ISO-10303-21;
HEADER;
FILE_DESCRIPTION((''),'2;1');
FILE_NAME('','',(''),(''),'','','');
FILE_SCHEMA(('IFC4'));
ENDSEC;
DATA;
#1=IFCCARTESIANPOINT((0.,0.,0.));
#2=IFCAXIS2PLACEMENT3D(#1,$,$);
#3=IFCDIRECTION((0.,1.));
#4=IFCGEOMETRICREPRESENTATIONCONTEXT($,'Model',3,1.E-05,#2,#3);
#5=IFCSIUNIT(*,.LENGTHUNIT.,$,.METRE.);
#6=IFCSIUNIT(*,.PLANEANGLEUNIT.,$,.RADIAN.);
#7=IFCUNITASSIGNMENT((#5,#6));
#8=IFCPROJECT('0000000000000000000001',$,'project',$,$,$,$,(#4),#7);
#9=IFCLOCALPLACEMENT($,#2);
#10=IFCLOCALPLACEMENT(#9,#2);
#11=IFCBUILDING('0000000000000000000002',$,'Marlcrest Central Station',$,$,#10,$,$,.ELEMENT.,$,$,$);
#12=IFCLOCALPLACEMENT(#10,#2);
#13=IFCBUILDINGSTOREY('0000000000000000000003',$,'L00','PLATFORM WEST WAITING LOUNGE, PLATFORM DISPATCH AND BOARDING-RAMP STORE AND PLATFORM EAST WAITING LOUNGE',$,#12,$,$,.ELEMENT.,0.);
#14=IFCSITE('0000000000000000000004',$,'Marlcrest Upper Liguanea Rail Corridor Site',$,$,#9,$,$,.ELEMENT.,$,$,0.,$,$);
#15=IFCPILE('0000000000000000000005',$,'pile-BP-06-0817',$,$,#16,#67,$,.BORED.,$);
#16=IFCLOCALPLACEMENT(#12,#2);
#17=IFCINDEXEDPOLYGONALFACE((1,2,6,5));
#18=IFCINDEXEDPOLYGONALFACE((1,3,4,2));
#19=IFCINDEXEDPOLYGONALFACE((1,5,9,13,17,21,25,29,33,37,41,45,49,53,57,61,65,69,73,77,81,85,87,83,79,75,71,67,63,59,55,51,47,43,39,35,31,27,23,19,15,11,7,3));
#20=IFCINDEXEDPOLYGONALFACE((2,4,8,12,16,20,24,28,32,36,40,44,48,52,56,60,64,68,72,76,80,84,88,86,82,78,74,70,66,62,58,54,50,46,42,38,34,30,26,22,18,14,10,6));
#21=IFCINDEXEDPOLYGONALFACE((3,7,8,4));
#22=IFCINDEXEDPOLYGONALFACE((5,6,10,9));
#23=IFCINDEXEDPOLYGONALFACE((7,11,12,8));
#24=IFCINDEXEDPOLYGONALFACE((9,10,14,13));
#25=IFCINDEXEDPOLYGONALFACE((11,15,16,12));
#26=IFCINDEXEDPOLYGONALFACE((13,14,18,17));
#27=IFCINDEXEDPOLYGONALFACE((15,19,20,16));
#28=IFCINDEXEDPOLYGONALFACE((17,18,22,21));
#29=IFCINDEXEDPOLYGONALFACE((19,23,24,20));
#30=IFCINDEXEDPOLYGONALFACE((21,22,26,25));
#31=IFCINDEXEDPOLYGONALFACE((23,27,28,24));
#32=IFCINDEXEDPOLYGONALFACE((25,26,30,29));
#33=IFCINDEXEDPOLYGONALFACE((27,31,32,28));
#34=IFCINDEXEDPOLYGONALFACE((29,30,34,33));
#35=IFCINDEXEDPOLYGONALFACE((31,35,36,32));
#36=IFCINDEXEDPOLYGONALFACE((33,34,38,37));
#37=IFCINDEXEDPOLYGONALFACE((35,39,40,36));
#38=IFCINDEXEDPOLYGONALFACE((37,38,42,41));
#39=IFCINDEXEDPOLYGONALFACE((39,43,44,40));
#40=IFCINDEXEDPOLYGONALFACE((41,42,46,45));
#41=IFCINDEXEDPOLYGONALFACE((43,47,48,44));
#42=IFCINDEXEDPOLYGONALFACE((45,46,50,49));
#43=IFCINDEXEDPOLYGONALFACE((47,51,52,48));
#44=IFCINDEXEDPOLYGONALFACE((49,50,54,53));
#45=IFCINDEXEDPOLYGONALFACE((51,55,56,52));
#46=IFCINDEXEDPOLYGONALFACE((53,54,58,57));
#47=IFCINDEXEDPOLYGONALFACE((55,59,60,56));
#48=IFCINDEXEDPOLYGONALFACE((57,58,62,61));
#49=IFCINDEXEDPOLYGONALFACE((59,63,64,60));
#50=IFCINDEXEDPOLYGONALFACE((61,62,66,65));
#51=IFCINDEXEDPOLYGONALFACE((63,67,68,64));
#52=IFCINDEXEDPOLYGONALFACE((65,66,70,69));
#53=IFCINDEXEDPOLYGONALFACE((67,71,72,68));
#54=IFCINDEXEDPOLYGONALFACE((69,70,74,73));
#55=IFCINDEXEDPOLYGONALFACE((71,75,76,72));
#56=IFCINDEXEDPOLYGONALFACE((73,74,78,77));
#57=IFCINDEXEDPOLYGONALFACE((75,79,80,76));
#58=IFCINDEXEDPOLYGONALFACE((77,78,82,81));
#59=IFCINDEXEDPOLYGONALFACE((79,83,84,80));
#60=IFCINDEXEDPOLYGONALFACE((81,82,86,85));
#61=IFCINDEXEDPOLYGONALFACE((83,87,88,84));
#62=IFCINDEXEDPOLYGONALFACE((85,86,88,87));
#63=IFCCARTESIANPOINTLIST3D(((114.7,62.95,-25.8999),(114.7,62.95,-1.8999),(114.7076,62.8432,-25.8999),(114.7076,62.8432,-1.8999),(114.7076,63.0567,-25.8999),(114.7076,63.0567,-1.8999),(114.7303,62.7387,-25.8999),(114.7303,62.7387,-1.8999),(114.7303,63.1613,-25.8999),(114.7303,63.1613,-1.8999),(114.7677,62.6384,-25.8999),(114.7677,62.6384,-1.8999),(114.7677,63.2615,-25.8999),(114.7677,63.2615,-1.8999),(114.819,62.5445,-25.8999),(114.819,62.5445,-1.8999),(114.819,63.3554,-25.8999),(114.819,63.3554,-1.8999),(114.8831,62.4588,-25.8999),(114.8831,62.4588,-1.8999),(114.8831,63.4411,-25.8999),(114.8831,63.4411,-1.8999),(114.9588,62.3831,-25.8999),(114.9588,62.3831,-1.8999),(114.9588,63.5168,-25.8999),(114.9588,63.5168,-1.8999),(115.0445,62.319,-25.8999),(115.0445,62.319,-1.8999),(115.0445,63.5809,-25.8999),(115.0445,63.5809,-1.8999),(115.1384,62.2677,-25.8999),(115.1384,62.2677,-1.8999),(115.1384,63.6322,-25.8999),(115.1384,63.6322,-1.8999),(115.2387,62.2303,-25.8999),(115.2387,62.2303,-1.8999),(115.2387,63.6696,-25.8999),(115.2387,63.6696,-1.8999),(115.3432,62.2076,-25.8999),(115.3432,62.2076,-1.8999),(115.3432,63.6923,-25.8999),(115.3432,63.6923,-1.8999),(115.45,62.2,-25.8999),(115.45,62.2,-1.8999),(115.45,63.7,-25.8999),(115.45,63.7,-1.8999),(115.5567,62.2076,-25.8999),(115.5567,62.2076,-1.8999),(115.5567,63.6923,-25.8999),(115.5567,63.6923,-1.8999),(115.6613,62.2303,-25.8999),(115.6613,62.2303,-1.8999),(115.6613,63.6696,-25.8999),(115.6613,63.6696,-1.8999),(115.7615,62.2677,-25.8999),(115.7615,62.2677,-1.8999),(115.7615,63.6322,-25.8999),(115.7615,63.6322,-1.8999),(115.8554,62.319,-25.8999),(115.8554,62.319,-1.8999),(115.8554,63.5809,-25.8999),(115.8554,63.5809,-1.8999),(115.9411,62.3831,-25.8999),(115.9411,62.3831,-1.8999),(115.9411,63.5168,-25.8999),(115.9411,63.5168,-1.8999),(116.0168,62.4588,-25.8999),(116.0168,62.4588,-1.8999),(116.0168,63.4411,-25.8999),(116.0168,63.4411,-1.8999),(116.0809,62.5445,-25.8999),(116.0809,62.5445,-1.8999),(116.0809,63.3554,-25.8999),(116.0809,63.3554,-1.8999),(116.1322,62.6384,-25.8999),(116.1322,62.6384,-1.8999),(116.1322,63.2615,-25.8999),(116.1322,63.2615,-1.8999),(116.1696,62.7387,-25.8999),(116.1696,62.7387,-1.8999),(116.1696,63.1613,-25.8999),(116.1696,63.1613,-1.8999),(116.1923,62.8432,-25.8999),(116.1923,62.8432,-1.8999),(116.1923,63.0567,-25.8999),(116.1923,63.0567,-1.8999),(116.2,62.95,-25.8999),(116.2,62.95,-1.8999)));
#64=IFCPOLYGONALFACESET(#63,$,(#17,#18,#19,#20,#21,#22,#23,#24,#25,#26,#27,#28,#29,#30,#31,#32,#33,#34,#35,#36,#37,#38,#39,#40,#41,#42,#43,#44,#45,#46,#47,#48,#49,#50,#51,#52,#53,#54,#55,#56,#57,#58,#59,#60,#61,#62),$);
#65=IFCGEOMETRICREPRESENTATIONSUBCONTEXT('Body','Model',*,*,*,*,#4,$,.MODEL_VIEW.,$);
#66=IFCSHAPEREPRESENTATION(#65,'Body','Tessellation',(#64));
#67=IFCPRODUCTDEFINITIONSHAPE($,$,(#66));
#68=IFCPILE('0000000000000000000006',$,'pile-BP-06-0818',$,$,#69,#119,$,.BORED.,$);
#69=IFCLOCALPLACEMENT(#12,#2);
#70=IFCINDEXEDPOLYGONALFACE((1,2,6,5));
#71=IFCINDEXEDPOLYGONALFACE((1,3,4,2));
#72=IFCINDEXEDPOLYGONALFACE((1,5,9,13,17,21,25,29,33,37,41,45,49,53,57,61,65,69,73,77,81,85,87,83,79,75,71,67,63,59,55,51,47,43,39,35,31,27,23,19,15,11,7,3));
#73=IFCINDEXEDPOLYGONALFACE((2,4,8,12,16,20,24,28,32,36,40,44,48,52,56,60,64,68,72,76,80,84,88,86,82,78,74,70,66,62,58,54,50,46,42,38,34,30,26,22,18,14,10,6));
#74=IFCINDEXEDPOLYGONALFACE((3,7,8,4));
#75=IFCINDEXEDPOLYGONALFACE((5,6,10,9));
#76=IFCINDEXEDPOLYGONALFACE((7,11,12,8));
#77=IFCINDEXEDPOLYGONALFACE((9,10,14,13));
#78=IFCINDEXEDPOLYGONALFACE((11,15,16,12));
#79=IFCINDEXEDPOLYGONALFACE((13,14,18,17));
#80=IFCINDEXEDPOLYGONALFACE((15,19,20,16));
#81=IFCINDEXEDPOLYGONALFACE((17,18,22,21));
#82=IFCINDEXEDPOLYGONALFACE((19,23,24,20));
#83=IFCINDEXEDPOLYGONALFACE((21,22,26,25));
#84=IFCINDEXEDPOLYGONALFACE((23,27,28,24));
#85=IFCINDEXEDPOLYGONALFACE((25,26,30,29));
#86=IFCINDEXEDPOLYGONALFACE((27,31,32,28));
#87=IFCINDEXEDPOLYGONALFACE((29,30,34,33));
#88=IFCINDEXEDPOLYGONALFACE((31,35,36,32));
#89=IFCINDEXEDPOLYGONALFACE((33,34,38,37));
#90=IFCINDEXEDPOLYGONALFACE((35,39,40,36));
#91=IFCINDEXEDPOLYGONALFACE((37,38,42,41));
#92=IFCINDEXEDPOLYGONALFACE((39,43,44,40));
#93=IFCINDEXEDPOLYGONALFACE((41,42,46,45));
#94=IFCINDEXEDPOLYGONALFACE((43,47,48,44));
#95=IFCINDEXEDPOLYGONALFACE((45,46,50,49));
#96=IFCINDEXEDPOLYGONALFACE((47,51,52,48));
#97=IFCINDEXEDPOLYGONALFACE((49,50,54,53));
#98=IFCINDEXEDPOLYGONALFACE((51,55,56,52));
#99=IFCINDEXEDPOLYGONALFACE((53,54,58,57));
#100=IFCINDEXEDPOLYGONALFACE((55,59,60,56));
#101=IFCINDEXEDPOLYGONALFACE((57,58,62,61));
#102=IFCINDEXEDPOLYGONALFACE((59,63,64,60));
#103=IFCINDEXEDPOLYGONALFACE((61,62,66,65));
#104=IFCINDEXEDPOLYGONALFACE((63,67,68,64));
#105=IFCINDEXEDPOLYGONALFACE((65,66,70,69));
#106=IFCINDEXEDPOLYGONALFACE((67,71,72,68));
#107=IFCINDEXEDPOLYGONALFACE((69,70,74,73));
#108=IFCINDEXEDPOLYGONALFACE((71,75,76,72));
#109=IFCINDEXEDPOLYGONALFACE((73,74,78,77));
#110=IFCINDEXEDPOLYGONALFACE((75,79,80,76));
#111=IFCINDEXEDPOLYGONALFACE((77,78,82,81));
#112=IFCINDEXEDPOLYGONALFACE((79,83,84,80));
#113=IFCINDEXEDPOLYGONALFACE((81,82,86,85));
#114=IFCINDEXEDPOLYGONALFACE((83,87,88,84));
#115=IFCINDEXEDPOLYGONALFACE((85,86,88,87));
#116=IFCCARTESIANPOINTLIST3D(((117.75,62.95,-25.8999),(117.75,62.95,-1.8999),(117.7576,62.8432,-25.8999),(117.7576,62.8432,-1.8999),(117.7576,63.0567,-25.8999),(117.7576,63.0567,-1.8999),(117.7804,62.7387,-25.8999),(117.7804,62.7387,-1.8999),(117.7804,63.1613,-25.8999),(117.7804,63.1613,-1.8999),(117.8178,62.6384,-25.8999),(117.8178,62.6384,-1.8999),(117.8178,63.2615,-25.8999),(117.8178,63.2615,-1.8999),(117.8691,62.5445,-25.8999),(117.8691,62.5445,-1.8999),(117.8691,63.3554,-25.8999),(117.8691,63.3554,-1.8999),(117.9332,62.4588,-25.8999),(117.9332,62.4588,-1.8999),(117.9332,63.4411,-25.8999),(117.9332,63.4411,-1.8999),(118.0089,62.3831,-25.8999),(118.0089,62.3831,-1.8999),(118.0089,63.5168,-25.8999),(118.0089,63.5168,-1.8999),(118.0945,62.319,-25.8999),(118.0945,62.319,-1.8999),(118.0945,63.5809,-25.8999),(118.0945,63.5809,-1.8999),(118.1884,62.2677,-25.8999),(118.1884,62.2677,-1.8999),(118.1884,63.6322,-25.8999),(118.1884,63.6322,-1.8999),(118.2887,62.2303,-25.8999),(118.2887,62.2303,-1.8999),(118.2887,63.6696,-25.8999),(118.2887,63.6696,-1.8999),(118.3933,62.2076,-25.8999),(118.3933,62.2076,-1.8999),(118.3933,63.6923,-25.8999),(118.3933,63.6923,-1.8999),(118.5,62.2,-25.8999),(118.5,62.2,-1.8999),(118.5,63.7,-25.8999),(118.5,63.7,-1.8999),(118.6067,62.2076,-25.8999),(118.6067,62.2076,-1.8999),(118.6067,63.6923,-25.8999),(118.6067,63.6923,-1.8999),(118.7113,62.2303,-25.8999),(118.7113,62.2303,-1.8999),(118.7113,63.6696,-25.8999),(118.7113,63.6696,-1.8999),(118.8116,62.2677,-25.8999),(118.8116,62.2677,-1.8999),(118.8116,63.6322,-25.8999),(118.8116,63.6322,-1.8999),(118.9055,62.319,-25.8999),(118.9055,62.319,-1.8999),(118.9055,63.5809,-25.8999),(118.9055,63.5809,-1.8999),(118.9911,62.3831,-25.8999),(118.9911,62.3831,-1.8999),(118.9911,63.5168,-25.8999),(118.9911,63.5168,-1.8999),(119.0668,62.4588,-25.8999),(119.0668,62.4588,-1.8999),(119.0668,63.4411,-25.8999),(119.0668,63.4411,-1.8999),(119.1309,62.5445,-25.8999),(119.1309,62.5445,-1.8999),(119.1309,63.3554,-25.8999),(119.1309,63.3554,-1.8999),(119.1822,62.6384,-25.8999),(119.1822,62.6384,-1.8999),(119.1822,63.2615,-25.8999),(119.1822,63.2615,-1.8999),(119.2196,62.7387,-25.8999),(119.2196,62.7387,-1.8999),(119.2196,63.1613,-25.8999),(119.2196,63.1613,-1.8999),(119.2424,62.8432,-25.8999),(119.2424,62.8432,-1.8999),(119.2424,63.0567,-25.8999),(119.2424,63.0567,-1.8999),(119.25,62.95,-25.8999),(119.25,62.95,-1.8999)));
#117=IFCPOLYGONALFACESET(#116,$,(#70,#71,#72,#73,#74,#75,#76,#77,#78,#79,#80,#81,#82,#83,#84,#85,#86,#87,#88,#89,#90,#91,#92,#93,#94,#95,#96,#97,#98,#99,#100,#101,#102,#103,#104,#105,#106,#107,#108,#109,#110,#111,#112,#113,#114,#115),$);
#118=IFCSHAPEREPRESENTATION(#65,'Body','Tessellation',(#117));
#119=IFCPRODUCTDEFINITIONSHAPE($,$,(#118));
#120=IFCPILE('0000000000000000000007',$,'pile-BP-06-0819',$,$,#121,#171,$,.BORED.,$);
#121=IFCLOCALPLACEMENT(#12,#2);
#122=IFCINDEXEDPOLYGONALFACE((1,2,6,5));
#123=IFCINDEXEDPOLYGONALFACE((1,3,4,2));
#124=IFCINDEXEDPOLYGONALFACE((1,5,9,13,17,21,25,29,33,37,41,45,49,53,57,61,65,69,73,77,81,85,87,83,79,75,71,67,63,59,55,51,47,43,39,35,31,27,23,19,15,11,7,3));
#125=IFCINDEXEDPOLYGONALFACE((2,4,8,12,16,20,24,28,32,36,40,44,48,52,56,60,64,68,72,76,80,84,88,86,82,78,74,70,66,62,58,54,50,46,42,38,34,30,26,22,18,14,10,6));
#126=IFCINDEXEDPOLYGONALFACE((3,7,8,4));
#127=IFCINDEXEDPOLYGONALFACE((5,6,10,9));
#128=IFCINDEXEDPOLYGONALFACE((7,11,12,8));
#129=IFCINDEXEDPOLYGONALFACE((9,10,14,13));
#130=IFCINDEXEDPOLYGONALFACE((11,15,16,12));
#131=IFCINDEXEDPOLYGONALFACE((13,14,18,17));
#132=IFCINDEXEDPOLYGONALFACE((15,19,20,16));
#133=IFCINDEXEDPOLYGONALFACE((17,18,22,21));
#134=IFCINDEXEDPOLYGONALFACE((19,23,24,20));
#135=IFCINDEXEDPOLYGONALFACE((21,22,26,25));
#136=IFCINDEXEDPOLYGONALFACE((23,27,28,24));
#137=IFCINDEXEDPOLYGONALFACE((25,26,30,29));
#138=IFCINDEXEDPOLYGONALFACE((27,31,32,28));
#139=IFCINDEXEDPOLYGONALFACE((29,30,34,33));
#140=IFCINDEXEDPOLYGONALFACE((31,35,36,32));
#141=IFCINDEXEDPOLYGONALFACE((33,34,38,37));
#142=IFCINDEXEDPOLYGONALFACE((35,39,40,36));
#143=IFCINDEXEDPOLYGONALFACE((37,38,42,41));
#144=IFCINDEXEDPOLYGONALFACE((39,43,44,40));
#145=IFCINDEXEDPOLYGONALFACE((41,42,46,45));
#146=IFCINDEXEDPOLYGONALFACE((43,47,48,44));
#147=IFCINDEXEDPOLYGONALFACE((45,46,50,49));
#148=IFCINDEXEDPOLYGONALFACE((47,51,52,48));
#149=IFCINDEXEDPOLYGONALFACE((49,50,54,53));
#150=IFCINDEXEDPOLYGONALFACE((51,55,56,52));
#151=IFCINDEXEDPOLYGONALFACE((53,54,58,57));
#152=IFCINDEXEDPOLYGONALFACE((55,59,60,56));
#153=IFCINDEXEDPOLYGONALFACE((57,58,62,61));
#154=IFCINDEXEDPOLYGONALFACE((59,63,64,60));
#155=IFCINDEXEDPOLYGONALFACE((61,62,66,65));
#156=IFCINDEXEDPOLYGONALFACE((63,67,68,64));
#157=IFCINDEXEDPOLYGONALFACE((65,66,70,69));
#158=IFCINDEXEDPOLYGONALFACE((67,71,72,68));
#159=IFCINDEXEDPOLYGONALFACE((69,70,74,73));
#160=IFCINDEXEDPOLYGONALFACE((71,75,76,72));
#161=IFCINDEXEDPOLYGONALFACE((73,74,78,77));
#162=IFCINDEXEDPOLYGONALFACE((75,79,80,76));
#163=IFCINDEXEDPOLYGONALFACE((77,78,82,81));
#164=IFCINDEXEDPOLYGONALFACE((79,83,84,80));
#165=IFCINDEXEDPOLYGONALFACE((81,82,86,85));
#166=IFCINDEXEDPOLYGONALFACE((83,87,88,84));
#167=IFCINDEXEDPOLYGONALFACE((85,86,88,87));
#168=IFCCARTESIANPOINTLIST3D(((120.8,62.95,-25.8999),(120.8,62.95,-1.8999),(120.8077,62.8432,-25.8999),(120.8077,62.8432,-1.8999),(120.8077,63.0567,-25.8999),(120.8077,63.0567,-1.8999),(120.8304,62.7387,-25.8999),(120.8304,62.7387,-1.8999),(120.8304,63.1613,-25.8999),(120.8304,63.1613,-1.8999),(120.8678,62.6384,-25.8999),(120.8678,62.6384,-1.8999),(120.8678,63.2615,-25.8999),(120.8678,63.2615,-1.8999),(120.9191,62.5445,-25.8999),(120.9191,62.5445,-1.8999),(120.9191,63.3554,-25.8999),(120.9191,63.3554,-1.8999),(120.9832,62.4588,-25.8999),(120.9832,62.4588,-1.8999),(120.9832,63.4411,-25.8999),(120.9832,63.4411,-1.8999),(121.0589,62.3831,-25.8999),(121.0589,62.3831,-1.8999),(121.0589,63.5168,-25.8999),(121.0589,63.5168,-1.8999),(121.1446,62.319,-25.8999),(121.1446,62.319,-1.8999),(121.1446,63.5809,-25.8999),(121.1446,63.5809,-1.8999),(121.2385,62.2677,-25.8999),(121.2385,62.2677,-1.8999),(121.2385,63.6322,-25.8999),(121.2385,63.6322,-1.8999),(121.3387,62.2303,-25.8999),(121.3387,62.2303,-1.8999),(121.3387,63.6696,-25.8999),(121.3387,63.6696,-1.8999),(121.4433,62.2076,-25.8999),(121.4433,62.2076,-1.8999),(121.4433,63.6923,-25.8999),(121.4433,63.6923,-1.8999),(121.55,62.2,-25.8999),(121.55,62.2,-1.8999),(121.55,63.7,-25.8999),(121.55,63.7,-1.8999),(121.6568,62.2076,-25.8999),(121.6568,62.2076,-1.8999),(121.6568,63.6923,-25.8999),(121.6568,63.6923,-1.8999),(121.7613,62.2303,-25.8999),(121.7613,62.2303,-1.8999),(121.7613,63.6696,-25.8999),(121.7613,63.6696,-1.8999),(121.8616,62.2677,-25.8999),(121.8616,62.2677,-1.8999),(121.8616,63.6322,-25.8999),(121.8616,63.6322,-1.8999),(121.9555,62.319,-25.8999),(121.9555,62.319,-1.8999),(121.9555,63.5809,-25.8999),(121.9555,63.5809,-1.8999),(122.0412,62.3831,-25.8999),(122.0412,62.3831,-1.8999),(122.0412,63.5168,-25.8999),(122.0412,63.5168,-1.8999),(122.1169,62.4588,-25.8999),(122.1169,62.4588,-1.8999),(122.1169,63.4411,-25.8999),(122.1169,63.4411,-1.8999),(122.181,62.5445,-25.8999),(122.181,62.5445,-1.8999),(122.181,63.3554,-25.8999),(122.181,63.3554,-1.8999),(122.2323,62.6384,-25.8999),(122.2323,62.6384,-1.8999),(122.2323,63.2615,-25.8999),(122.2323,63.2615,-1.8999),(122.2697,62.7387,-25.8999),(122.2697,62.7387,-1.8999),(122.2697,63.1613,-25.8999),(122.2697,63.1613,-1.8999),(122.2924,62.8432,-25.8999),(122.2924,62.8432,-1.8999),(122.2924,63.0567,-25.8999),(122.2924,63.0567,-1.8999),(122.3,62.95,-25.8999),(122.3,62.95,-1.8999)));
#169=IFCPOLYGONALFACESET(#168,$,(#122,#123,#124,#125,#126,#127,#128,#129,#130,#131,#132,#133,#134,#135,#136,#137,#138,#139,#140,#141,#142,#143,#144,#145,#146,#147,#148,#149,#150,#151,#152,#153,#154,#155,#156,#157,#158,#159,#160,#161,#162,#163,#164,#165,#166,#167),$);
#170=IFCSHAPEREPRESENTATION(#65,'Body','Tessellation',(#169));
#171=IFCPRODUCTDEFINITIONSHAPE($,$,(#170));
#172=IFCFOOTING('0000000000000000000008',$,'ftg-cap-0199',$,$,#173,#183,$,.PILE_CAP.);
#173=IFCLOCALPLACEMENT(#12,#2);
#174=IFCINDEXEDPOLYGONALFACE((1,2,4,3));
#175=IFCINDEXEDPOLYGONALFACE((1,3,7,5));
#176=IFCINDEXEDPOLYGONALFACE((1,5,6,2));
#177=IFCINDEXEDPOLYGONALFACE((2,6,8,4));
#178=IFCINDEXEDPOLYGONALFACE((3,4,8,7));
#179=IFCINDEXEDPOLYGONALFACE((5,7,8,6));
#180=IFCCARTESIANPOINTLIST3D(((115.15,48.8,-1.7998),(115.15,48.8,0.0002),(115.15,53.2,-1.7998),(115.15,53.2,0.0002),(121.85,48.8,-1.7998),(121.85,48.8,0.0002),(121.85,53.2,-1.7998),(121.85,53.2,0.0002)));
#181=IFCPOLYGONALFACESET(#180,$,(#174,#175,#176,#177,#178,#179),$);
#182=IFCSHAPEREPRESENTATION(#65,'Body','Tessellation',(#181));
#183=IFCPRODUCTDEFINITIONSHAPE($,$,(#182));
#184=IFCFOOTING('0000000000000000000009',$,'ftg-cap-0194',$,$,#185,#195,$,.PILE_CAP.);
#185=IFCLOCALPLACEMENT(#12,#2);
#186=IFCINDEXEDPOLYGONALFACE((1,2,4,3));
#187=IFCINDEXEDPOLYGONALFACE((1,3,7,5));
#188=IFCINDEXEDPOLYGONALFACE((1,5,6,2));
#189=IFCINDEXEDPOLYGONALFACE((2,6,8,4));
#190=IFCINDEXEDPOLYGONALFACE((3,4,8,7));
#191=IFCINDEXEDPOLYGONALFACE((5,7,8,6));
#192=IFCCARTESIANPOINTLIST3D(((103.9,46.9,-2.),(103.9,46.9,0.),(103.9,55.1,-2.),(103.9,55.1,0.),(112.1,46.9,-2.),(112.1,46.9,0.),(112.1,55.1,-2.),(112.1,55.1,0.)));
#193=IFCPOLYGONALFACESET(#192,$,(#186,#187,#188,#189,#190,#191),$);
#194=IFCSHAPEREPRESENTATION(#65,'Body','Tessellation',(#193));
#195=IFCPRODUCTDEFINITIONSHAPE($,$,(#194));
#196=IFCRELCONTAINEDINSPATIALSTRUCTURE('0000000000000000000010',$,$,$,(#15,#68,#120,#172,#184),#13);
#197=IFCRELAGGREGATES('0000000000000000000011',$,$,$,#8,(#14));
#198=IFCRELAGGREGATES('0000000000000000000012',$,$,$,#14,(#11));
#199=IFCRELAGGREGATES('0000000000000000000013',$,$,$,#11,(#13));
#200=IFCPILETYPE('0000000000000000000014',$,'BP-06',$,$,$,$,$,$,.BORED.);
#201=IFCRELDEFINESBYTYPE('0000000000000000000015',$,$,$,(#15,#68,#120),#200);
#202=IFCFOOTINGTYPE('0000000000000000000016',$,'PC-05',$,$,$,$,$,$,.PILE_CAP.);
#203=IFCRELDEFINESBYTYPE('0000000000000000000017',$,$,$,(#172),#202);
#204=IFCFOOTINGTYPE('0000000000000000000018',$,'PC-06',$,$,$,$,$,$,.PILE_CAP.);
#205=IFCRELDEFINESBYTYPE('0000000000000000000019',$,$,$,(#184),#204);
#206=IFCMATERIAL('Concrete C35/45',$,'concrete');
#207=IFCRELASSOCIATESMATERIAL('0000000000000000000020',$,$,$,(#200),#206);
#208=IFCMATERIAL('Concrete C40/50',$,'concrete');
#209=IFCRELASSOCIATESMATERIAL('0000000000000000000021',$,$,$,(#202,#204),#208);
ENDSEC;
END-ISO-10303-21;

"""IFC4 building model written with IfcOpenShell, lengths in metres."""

from ifc_helpers import new_model, si_unit, direction, frame, origin, origin_2d, place, context, subcontext, project, spatial, rectangle, circle, extrude, material, material_profile, profile_set, type_object, element, save


model = new_model("IFC4")

# Units and contexts
model_context = context("Model", 3, precision=1e-05, world=origin(), true_north=direction((0.0, 1.0)))
body_context = subcontext(model_context, "Body", "Model", "MODEL_VIEW")
ifc_project = project(units=[si_unit("LENGTHUNIT", "METRE"), si_unit("PLANEANGLEUNIT", "RADIAN")], contexts=[model_context])

# Site, building, storey
site_placement = place(None, origin())
site = spatial("IfcSite", under=ifc_project, at=site_placement, Name="Marlcrest Upper Liguanea Rail Corridor Site", CompositionType="ELEMENT", RefElevation=0.0)
building_placement = place(site_placement, origin())
building = spatial("IfcBuilding", under=site, at=building_placement, Name="Marlcrest Central Station", CompositionType="ELEMENT")
storey_placement = place(building_placement, origin())
storey = spatial("IfcBuildingStorey", under=building, at=storey_placement, Name="L00", Description="PLATFORM WEST WAITING LOUNGE, PLATFORM DISPATCH AND BOARDING-RAMP STORE AND PLATFORM EAST WAITING LOUNGE", CompositionType="ELEMENT", Elevation=0.0)

# Piles
ifc_material_1 = material(Name="Concrete C35/45", Category="concrete")
ifc_material_profile_1 = material_profile(ifc_material_1, circle(Radius=0.75, at=origin_2d()), Name="PILE D1500")
ifc_profile_set_1 = profile_set([ifc_material_profile_1], Name="Concrete C35/45")
pile_type_1 = type_object("IfcPileType", Name="BP-06", PredefinedType="BORED", material=ifc_profile_set_1)
for number, where, z_axis, x_axis, name in (
    (1, (115.45, 62.95, -1.8999), (0.0, 0.0, -1.0), (1.0, 0.0, 0.0), "pile-BP-06-0817"),
    (2, (118.5, 62.95, -1.8999), (0.0, 0.0, -1.0), (1.0, 0.0, 0.0), "pile-BP-06-0818"),
    (3, (121.55, 62.95, -1.8999), (0.0, 0.0, -1.0), (1.0, 0.0, 0.0), "pile-BP-06-0819"),
):
    element("IfcPile", number, at=place(storey_placement, frame(where, z_axis=z_axis, x_axis=x_axis)), inside=storey, type_object=pile_type_1, Name=name, PredefinedType="BORED", context=body_context, shape_type="SweptSolid", body=[
        extrude(circle(Radius=0.75, at=origin_2d()), origin(), (0.0, 0.0, 1.0), 24.0),
    ])

# Footings
ifc_material_2 = material(Name="Concrete C40/50", Category="concrete")
footing_type_1 = type_object("IfcFootingType", Name="PC-05", PredefinedType="PILE_CAP", material=ifc_material_2)
footing_1_placement = place(storey_placement, frame((118.5, 51.0, -1.7998), z_axis=(0.0, 0.0, 1.0), x_axis=(1.0, 0.0, 0.0)))
element("IfcFooting", 4, at=footing_1_placement, inside=storey, type_object=footing_type_1, Name="ftg-cap-0199", PredefinedType="PILE_CAP", context=body_context, shape_type="SweptSolid", body=[
    extrude(rectangle(XDim=6.7, YDim=4.3999, at=origin_2d()), origin(), (0.0, 0.0, 1.0), 1.8),
])
footing_type_2 = type_object("IfcFootingType", Name="PC-06", PredefinedType="PILE_CAP", material=ifc_material_2)
footing_2_placement = place(storey_placement, frame((108.0, 51.0, -2.0), z_axis=(0.0, 0.0, 1.0), x_axis=(1.0, 0.0, 0.0)))
element("IfcFooting", 5, at=footing_2_placement, inside=storey, type_object=footing_type_2, Name="ftg-cap-0194", PredefinedType="PILE_CAP", context=body_context, shape_type="SweptSolid", body=[
    extrude(rectangle(XDim=8.2, YDim=8.2, at=origin_2d()), origin(), (0.0, 0.0, 1.0), 2.0),
])

save(model, "model.ifc")
